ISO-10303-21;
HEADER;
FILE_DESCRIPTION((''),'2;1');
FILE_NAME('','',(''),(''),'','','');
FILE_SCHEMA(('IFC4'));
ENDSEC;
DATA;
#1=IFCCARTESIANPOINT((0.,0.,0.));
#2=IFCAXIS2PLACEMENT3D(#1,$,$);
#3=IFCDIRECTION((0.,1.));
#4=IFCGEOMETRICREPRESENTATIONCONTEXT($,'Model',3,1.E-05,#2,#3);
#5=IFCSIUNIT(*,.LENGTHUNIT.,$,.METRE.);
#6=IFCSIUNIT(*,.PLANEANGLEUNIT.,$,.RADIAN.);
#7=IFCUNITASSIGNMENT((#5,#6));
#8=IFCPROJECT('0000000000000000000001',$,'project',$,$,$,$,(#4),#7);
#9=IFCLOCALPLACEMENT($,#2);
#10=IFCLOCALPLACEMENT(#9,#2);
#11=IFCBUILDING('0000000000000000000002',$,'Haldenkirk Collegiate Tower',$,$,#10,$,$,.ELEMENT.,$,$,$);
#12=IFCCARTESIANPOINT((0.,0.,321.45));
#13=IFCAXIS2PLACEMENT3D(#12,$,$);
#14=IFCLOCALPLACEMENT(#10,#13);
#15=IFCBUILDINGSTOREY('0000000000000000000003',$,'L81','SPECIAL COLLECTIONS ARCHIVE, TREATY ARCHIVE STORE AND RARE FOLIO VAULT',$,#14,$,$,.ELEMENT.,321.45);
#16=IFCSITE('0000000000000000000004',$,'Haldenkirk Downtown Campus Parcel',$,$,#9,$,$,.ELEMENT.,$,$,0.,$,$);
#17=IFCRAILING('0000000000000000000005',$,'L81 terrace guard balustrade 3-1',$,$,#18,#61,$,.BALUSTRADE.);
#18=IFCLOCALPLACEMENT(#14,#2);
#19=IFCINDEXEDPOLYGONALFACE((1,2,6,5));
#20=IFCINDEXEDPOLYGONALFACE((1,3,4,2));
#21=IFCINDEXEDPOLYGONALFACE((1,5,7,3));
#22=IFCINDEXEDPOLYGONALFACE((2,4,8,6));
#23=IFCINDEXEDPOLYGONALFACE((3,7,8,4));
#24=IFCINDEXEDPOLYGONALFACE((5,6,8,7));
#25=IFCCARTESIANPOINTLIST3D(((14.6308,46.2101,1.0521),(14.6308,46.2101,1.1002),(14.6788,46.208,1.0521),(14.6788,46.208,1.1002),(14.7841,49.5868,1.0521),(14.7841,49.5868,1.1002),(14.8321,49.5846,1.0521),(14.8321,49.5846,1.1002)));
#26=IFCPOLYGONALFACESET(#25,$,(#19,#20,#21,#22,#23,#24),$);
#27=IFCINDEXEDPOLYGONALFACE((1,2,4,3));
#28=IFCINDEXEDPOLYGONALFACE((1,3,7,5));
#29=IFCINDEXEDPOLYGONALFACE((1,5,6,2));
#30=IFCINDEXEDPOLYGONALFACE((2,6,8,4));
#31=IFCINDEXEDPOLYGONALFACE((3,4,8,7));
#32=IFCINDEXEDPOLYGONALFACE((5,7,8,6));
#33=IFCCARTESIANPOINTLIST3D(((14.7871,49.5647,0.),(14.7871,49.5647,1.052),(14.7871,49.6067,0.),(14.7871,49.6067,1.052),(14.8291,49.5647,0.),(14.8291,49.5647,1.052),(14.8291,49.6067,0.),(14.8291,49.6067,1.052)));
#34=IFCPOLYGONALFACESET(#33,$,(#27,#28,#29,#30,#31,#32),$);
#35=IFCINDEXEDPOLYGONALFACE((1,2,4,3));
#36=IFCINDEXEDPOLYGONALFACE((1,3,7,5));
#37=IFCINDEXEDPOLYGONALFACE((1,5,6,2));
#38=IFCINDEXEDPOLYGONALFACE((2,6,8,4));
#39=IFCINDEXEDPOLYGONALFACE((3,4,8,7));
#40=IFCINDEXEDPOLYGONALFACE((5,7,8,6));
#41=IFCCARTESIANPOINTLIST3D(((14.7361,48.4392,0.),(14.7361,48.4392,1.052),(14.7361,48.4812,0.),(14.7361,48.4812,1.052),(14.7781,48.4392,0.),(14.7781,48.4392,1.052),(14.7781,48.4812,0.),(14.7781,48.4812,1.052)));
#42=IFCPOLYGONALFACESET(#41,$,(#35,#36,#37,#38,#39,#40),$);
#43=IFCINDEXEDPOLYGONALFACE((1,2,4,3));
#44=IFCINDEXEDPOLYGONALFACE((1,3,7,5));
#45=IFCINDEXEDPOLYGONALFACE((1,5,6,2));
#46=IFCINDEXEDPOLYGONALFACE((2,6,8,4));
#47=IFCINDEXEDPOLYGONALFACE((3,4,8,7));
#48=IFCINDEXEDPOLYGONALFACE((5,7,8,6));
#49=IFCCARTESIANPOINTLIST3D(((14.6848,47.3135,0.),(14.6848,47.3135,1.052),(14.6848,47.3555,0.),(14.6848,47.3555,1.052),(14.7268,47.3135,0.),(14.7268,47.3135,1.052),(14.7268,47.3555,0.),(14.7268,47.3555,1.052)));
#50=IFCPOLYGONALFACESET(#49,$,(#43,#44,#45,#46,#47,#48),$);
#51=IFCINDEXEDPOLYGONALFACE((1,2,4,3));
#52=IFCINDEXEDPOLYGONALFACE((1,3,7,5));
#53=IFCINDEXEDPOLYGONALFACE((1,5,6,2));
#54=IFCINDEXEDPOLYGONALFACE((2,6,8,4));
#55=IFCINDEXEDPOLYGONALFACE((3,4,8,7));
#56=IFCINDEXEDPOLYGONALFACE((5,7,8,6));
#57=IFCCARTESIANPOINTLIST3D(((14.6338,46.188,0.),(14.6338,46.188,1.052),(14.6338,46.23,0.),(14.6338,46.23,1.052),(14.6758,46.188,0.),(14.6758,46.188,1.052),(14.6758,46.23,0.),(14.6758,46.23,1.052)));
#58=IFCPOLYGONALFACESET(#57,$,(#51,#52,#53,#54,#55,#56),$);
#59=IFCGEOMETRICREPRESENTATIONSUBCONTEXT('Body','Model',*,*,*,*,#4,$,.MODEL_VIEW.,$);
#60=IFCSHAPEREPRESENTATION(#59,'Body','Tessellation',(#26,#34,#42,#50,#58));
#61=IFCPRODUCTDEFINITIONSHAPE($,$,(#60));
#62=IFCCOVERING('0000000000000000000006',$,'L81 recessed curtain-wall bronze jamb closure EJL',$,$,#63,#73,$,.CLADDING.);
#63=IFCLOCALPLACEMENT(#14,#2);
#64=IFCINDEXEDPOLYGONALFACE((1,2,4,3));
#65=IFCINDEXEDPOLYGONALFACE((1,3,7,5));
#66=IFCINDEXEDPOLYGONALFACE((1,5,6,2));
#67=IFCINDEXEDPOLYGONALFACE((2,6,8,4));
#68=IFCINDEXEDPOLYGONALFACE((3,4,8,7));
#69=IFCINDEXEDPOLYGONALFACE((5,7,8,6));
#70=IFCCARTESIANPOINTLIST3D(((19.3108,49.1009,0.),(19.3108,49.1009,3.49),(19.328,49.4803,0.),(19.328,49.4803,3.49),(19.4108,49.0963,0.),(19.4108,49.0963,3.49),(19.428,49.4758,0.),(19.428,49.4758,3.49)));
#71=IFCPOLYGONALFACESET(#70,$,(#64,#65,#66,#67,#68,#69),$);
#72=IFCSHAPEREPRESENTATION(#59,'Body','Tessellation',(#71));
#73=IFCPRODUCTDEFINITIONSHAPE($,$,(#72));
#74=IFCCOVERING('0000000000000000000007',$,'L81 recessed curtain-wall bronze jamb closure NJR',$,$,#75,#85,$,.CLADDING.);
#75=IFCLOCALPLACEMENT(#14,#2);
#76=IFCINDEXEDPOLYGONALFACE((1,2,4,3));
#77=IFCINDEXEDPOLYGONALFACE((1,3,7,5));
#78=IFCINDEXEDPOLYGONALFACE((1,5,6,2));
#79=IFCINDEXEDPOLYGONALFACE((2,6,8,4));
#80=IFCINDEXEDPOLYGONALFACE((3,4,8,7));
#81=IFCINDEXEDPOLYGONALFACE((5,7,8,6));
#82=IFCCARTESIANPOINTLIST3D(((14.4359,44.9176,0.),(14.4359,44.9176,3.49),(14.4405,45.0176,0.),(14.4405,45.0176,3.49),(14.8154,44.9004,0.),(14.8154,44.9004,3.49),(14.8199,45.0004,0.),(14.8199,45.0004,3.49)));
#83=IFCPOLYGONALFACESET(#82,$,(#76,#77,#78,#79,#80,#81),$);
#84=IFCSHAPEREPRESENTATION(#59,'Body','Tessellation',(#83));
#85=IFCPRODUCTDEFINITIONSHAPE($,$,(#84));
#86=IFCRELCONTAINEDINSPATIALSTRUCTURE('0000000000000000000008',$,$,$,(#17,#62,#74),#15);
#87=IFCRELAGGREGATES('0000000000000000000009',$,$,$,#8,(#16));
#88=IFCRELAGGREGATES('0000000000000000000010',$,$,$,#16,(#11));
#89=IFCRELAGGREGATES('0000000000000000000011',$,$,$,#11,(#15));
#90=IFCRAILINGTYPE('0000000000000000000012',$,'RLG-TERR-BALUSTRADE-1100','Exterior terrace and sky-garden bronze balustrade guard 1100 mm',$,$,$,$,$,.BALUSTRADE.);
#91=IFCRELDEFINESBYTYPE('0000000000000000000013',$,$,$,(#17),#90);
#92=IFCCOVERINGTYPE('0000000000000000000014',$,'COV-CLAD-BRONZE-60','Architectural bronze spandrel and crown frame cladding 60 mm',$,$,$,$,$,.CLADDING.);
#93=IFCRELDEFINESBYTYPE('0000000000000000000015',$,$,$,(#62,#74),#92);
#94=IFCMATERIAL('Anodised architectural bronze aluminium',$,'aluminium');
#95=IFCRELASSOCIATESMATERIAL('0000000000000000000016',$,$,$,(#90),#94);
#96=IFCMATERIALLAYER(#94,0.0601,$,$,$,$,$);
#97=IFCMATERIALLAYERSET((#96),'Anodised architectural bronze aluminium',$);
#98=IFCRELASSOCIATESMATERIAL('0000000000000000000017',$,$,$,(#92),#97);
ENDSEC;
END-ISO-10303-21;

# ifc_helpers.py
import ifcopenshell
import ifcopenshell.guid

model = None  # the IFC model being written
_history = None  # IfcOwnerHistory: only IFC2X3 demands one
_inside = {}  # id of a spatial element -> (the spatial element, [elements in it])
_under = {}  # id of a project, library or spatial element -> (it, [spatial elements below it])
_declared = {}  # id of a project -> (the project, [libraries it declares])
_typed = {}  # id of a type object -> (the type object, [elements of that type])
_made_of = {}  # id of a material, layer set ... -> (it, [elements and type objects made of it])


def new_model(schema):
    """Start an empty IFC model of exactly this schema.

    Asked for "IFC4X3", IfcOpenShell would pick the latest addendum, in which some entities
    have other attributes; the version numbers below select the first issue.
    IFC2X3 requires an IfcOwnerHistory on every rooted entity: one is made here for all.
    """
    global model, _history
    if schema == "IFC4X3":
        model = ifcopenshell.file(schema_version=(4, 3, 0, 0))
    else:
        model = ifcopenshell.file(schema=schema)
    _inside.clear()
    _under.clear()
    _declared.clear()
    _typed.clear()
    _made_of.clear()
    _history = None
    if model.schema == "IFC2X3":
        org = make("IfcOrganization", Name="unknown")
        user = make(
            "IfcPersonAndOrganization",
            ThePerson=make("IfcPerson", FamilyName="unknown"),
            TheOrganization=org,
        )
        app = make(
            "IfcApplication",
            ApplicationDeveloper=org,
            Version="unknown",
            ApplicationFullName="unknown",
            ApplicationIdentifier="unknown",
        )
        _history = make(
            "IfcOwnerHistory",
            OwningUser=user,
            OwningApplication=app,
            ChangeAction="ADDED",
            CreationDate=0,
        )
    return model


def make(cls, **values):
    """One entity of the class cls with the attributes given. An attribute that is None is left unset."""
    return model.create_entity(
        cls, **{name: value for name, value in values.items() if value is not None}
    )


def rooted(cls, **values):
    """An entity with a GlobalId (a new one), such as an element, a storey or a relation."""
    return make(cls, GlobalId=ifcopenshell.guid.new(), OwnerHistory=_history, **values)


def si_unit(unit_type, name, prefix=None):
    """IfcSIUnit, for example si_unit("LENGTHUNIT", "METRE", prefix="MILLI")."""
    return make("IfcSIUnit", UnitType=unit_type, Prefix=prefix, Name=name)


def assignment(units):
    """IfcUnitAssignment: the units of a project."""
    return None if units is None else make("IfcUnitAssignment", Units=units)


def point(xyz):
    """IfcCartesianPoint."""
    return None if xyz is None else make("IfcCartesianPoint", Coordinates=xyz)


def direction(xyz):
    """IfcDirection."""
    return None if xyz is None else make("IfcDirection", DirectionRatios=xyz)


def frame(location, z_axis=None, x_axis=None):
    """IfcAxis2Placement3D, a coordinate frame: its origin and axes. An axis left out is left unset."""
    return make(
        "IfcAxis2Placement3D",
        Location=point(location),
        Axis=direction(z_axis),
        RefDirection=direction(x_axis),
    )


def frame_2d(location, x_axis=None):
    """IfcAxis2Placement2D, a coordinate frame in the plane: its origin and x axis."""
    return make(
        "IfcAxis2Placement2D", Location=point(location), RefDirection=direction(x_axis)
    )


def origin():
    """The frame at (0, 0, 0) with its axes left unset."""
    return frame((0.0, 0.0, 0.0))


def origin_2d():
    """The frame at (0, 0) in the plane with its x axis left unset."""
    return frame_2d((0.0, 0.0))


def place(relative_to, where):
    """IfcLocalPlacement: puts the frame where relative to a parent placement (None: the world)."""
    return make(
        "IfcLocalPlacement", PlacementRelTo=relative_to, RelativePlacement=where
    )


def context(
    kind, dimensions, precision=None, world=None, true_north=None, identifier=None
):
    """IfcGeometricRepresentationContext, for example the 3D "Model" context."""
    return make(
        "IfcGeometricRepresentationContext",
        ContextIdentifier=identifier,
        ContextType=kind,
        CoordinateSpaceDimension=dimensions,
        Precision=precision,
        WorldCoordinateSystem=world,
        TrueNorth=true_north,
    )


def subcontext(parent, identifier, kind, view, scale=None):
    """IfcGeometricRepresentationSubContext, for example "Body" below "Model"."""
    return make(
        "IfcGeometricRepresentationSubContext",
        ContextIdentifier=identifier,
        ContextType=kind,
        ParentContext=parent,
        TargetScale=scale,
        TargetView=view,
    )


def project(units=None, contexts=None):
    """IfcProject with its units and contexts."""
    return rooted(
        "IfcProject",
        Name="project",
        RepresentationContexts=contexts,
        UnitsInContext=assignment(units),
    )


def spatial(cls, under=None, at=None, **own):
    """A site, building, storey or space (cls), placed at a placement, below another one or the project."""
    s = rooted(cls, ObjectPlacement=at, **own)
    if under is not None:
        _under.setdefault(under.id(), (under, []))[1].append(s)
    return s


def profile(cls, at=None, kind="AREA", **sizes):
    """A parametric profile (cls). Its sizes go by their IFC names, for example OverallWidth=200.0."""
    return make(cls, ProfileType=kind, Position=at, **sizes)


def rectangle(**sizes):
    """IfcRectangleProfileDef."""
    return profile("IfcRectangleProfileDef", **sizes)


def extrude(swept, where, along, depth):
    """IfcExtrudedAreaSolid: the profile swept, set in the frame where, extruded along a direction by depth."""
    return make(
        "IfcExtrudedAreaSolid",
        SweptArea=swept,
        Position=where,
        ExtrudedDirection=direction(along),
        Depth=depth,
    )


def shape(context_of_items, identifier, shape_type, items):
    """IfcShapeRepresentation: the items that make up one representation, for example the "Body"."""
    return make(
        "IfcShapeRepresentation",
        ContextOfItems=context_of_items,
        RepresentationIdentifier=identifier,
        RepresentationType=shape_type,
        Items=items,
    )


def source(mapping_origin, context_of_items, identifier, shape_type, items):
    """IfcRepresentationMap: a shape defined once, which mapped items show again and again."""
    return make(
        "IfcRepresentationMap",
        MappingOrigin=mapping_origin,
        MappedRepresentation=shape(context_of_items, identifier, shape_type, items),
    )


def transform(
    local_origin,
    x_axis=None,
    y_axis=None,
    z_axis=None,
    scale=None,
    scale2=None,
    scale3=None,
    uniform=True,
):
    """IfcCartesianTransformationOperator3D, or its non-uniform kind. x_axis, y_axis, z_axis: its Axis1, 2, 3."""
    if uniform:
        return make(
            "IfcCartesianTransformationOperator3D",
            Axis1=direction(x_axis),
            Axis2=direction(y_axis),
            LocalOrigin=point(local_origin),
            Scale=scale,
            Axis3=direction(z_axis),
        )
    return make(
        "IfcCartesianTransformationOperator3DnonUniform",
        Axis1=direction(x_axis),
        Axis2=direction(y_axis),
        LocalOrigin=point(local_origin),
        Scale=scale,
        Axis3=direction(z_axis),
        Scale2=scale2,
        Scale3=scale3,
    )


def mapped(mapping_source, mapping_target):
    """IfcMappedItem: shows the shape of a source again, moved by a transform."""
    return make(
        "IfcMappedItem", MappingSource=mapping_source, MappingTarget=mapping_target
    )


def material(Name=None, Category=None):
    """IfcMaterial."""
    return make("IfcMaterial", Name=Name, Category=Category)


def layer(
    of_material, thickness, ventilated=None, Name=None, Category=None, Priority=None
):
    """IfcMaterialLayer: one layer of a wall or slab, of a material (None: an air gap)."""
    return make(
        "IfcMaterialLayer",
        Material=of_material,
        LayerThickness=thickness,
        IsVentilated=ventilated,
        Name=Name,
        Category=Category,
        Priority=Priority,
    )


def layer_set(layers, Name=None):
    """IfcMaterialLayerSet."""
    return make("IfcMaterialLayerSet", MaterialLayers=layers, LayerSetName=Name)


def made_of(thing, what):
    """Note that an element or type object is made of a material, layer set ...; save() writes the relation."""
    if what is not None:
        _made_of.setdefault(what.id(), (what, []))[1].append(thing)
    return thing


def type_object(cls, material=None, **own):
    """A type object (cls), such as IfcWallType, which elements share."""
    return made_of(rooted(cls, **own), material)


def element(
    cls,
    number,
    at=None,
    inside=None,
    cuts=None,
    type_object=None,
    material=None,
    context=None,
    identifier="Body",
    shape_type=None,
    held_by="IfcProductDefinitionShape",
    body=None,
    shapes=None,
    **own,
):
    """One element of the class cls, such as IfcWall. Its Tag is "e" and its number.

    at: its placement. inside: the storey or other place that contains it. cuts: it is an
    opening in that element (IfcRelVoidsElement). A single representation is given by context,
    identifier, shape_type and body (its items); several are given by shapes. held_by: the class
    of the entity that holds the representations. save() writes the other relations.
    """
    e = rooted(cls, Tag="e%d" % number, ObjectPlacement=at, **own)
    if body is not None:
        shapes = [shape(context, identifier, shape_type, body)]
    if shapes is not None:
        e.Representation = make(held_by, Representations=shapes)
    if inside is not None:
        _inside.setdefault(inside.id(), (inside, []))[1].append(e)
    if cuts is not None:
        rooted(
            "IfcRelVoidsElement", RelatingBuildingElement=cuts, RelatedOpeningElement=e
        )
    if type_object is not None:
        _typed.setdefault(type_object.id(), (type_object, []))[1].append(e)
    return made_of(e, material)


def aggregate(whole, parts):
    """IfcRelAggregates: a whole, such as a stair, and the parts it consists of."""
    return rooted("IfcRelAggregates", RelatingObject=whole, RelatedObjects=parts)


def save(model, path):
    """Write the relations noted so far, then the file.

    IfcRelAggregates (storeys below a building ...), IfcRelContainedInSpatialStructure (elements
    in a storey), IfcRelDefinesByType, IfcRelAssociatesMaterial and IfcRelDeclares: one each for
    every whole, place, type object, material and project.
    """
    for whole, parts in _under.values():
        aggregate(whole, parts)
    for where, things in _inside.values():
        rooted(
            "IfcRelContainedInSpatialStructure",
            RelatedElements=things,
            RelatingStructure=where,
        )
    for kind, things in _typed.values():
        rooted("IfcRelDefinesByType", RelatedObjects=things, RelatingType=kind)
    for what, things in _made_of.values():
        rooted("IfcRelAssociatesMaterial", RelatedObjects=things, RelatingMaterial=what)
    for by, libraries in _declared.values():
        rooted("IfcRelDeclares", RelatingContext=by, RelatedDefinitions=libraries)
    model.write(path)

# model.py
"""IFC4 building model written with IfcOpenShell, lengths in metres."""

from ifc_helpers import new_model, si_unit, direction, frame, origin, origin_2d, place, context, subcontext, project, spatial, rectangle, extrude, source, transform, mapped, material, layer, layer_set, type_object, element, save


model = new_model("IFC4")

# Units and contexts
model_context = context("Model", 3, precision=1e-05, world=origin(), true_north=direction((0.0, 1.0)))
body_context = subcontext(model_context, "Body", "Model", "MODEL_VIEW")
ifc_project = project(units=[si_unit("LENGTHUNIT", "METRE"), si_unit("PLANEANGLEUNIT", "RADIAN")], contexts=[model_context])

# Site, building, storey
site_placement = place(None, origin())
site = spatial("IfcSite", under=ifc_project, at=site_placement, Name="Haldenkirk Downtown Campus Parcel", CompositionType="ELEMENT", RefElevation=0.0)
building_placement = place(site_placement, origin())
building = spatial("IfcBuilding", under=site, at=building_placement, Name="Haldenkirk Collegiate Tower", CompositionType="ELEMENT")
storey_placement = place(building_placement, frame((0.0, 0.0, 321.45)))
storey = spatial("IfcBuildingStorey", under=building, at=storey_placement, Name="L81", Description="SPECIAL COLLECTIONS ARCHIVE, TREATY ARCHIVE STORE AND RARE FOLIO VAULT", CompositionType="ELEMENT", Elevation=321.45)

# Shared definitions
ifc_material_1 = material(Name="Anodised architectural bronze aluminium", Category="aluminium")

# Railing
railing_type = type_object("IfcRailingType", Name="RLG-TERR-BALUSTRADE-1100", Description="Exterior terrace and sky-garden bronze balustrade guard 1100 mm", PredefinedType="BALUSTRADE", material=ifc_material_1)
railing_1_placement = place(storey_placement, frame((14.8081, 49.5857, 0.0)))
element("IfcRailing", 1, at=railing_1_placement, inside=storey, type_object=railing_type, Name="L81 terrace guard balustrade 3-1", PredefinedType="BALUSTRADE", context=body_context, shape_type="SweptSolid", body=[
    extrude(rectangle(XDim=0.0481, YDim=0.0481, at=origin_2d()), frame((0.0, 0.0, 1.0762), z_axis=(-0.045359, -0.998971, 0.0), x_axis=(0.998971, -0.045359, 0.0)), (0.0, 0.0, 1.0), 3.3801),
    extrude(rectangle(XDim=0.042, YDim=0.042, at=origin_2d()), origin(), (0.0, 0.0, 1.0), 1.052),
    extrude(rectangle(XDim=0.042, YDim=0.042, at=origin_2d()), frame((-0.051, -1.1255, 0.0)), (0.0, 0.0, 1.0), 1.052),
    extrude(rectangle(XDim=0.042, YDim=0.042, at=origin_2d()), frame((-0.1023, -2.2512, 0.0)), (0.0, 0.0, 1.0), 1.052),
    extrude(rectangle(XDim=0.042, YDim=0.042, at=origin_2d()), frame((-0.1533, -3.3767, 0.0)), (0.0, 0.0, 1.0), 1.052),
])

# Coverings
ifc_layer_1 = layer(ifc_material_1, 0.0601)
ifc_layer_set_1 = layer_set([ifc_layer_1], Name="Anodised architectural bronze aluminium")
covering_type = type_object("IfcCoveringType", Name="COV-CLAD-BRONZE-60", Description="Architectural bronze spandrel and crown frame cladding 60 mm", PredefinedType="CLADDING", material=ifc_layer_set_1)
shared_shape_1 = source(origin(), body_context, "Body", "SweptSolid", [
    extrude(rectangle(XDim=0.1001, YDim=0.3799, at=origin_2d()), origin(), (0.0, 0.0, 1.0), 3.49),
])
for number, where, z_axis, x_axis, name in (
    (2, (19.3694, 49.2883, 0.0), (0.0, 0.0, 1.0), (0.998971, -0.045363, 0.0), "L81 recessed curtain-wall bronze jamb closure EJL"),
    (3, (14.6279, 44.959, 0.0), (0.0, 0.0, 1.0), (0.045363, 0.998971, 0.0), "L81 recessed curtain-wall bronze jamb closure NJR"),
):
    element("IfcCovering", number, at=place(storey_placement, frame(where, z_axis=z_axis, x_axis=x_axis)), inside=storey, type_object=covering_type, Name=name, PredefinedType="CLADDING", context=body_context, shape_type="MappedRepresentation", body=[
        mapped(shared_shape_1, transform((0.0, 0.0, 0.0), x_axis=(1.0, 0.0, 0.0), y_axis=(0.0, 1.0, 0.0), z_axis=(0.0, 0.0, 1.0), scale=1.0)),
    ])

save(model, "model.ifc")
